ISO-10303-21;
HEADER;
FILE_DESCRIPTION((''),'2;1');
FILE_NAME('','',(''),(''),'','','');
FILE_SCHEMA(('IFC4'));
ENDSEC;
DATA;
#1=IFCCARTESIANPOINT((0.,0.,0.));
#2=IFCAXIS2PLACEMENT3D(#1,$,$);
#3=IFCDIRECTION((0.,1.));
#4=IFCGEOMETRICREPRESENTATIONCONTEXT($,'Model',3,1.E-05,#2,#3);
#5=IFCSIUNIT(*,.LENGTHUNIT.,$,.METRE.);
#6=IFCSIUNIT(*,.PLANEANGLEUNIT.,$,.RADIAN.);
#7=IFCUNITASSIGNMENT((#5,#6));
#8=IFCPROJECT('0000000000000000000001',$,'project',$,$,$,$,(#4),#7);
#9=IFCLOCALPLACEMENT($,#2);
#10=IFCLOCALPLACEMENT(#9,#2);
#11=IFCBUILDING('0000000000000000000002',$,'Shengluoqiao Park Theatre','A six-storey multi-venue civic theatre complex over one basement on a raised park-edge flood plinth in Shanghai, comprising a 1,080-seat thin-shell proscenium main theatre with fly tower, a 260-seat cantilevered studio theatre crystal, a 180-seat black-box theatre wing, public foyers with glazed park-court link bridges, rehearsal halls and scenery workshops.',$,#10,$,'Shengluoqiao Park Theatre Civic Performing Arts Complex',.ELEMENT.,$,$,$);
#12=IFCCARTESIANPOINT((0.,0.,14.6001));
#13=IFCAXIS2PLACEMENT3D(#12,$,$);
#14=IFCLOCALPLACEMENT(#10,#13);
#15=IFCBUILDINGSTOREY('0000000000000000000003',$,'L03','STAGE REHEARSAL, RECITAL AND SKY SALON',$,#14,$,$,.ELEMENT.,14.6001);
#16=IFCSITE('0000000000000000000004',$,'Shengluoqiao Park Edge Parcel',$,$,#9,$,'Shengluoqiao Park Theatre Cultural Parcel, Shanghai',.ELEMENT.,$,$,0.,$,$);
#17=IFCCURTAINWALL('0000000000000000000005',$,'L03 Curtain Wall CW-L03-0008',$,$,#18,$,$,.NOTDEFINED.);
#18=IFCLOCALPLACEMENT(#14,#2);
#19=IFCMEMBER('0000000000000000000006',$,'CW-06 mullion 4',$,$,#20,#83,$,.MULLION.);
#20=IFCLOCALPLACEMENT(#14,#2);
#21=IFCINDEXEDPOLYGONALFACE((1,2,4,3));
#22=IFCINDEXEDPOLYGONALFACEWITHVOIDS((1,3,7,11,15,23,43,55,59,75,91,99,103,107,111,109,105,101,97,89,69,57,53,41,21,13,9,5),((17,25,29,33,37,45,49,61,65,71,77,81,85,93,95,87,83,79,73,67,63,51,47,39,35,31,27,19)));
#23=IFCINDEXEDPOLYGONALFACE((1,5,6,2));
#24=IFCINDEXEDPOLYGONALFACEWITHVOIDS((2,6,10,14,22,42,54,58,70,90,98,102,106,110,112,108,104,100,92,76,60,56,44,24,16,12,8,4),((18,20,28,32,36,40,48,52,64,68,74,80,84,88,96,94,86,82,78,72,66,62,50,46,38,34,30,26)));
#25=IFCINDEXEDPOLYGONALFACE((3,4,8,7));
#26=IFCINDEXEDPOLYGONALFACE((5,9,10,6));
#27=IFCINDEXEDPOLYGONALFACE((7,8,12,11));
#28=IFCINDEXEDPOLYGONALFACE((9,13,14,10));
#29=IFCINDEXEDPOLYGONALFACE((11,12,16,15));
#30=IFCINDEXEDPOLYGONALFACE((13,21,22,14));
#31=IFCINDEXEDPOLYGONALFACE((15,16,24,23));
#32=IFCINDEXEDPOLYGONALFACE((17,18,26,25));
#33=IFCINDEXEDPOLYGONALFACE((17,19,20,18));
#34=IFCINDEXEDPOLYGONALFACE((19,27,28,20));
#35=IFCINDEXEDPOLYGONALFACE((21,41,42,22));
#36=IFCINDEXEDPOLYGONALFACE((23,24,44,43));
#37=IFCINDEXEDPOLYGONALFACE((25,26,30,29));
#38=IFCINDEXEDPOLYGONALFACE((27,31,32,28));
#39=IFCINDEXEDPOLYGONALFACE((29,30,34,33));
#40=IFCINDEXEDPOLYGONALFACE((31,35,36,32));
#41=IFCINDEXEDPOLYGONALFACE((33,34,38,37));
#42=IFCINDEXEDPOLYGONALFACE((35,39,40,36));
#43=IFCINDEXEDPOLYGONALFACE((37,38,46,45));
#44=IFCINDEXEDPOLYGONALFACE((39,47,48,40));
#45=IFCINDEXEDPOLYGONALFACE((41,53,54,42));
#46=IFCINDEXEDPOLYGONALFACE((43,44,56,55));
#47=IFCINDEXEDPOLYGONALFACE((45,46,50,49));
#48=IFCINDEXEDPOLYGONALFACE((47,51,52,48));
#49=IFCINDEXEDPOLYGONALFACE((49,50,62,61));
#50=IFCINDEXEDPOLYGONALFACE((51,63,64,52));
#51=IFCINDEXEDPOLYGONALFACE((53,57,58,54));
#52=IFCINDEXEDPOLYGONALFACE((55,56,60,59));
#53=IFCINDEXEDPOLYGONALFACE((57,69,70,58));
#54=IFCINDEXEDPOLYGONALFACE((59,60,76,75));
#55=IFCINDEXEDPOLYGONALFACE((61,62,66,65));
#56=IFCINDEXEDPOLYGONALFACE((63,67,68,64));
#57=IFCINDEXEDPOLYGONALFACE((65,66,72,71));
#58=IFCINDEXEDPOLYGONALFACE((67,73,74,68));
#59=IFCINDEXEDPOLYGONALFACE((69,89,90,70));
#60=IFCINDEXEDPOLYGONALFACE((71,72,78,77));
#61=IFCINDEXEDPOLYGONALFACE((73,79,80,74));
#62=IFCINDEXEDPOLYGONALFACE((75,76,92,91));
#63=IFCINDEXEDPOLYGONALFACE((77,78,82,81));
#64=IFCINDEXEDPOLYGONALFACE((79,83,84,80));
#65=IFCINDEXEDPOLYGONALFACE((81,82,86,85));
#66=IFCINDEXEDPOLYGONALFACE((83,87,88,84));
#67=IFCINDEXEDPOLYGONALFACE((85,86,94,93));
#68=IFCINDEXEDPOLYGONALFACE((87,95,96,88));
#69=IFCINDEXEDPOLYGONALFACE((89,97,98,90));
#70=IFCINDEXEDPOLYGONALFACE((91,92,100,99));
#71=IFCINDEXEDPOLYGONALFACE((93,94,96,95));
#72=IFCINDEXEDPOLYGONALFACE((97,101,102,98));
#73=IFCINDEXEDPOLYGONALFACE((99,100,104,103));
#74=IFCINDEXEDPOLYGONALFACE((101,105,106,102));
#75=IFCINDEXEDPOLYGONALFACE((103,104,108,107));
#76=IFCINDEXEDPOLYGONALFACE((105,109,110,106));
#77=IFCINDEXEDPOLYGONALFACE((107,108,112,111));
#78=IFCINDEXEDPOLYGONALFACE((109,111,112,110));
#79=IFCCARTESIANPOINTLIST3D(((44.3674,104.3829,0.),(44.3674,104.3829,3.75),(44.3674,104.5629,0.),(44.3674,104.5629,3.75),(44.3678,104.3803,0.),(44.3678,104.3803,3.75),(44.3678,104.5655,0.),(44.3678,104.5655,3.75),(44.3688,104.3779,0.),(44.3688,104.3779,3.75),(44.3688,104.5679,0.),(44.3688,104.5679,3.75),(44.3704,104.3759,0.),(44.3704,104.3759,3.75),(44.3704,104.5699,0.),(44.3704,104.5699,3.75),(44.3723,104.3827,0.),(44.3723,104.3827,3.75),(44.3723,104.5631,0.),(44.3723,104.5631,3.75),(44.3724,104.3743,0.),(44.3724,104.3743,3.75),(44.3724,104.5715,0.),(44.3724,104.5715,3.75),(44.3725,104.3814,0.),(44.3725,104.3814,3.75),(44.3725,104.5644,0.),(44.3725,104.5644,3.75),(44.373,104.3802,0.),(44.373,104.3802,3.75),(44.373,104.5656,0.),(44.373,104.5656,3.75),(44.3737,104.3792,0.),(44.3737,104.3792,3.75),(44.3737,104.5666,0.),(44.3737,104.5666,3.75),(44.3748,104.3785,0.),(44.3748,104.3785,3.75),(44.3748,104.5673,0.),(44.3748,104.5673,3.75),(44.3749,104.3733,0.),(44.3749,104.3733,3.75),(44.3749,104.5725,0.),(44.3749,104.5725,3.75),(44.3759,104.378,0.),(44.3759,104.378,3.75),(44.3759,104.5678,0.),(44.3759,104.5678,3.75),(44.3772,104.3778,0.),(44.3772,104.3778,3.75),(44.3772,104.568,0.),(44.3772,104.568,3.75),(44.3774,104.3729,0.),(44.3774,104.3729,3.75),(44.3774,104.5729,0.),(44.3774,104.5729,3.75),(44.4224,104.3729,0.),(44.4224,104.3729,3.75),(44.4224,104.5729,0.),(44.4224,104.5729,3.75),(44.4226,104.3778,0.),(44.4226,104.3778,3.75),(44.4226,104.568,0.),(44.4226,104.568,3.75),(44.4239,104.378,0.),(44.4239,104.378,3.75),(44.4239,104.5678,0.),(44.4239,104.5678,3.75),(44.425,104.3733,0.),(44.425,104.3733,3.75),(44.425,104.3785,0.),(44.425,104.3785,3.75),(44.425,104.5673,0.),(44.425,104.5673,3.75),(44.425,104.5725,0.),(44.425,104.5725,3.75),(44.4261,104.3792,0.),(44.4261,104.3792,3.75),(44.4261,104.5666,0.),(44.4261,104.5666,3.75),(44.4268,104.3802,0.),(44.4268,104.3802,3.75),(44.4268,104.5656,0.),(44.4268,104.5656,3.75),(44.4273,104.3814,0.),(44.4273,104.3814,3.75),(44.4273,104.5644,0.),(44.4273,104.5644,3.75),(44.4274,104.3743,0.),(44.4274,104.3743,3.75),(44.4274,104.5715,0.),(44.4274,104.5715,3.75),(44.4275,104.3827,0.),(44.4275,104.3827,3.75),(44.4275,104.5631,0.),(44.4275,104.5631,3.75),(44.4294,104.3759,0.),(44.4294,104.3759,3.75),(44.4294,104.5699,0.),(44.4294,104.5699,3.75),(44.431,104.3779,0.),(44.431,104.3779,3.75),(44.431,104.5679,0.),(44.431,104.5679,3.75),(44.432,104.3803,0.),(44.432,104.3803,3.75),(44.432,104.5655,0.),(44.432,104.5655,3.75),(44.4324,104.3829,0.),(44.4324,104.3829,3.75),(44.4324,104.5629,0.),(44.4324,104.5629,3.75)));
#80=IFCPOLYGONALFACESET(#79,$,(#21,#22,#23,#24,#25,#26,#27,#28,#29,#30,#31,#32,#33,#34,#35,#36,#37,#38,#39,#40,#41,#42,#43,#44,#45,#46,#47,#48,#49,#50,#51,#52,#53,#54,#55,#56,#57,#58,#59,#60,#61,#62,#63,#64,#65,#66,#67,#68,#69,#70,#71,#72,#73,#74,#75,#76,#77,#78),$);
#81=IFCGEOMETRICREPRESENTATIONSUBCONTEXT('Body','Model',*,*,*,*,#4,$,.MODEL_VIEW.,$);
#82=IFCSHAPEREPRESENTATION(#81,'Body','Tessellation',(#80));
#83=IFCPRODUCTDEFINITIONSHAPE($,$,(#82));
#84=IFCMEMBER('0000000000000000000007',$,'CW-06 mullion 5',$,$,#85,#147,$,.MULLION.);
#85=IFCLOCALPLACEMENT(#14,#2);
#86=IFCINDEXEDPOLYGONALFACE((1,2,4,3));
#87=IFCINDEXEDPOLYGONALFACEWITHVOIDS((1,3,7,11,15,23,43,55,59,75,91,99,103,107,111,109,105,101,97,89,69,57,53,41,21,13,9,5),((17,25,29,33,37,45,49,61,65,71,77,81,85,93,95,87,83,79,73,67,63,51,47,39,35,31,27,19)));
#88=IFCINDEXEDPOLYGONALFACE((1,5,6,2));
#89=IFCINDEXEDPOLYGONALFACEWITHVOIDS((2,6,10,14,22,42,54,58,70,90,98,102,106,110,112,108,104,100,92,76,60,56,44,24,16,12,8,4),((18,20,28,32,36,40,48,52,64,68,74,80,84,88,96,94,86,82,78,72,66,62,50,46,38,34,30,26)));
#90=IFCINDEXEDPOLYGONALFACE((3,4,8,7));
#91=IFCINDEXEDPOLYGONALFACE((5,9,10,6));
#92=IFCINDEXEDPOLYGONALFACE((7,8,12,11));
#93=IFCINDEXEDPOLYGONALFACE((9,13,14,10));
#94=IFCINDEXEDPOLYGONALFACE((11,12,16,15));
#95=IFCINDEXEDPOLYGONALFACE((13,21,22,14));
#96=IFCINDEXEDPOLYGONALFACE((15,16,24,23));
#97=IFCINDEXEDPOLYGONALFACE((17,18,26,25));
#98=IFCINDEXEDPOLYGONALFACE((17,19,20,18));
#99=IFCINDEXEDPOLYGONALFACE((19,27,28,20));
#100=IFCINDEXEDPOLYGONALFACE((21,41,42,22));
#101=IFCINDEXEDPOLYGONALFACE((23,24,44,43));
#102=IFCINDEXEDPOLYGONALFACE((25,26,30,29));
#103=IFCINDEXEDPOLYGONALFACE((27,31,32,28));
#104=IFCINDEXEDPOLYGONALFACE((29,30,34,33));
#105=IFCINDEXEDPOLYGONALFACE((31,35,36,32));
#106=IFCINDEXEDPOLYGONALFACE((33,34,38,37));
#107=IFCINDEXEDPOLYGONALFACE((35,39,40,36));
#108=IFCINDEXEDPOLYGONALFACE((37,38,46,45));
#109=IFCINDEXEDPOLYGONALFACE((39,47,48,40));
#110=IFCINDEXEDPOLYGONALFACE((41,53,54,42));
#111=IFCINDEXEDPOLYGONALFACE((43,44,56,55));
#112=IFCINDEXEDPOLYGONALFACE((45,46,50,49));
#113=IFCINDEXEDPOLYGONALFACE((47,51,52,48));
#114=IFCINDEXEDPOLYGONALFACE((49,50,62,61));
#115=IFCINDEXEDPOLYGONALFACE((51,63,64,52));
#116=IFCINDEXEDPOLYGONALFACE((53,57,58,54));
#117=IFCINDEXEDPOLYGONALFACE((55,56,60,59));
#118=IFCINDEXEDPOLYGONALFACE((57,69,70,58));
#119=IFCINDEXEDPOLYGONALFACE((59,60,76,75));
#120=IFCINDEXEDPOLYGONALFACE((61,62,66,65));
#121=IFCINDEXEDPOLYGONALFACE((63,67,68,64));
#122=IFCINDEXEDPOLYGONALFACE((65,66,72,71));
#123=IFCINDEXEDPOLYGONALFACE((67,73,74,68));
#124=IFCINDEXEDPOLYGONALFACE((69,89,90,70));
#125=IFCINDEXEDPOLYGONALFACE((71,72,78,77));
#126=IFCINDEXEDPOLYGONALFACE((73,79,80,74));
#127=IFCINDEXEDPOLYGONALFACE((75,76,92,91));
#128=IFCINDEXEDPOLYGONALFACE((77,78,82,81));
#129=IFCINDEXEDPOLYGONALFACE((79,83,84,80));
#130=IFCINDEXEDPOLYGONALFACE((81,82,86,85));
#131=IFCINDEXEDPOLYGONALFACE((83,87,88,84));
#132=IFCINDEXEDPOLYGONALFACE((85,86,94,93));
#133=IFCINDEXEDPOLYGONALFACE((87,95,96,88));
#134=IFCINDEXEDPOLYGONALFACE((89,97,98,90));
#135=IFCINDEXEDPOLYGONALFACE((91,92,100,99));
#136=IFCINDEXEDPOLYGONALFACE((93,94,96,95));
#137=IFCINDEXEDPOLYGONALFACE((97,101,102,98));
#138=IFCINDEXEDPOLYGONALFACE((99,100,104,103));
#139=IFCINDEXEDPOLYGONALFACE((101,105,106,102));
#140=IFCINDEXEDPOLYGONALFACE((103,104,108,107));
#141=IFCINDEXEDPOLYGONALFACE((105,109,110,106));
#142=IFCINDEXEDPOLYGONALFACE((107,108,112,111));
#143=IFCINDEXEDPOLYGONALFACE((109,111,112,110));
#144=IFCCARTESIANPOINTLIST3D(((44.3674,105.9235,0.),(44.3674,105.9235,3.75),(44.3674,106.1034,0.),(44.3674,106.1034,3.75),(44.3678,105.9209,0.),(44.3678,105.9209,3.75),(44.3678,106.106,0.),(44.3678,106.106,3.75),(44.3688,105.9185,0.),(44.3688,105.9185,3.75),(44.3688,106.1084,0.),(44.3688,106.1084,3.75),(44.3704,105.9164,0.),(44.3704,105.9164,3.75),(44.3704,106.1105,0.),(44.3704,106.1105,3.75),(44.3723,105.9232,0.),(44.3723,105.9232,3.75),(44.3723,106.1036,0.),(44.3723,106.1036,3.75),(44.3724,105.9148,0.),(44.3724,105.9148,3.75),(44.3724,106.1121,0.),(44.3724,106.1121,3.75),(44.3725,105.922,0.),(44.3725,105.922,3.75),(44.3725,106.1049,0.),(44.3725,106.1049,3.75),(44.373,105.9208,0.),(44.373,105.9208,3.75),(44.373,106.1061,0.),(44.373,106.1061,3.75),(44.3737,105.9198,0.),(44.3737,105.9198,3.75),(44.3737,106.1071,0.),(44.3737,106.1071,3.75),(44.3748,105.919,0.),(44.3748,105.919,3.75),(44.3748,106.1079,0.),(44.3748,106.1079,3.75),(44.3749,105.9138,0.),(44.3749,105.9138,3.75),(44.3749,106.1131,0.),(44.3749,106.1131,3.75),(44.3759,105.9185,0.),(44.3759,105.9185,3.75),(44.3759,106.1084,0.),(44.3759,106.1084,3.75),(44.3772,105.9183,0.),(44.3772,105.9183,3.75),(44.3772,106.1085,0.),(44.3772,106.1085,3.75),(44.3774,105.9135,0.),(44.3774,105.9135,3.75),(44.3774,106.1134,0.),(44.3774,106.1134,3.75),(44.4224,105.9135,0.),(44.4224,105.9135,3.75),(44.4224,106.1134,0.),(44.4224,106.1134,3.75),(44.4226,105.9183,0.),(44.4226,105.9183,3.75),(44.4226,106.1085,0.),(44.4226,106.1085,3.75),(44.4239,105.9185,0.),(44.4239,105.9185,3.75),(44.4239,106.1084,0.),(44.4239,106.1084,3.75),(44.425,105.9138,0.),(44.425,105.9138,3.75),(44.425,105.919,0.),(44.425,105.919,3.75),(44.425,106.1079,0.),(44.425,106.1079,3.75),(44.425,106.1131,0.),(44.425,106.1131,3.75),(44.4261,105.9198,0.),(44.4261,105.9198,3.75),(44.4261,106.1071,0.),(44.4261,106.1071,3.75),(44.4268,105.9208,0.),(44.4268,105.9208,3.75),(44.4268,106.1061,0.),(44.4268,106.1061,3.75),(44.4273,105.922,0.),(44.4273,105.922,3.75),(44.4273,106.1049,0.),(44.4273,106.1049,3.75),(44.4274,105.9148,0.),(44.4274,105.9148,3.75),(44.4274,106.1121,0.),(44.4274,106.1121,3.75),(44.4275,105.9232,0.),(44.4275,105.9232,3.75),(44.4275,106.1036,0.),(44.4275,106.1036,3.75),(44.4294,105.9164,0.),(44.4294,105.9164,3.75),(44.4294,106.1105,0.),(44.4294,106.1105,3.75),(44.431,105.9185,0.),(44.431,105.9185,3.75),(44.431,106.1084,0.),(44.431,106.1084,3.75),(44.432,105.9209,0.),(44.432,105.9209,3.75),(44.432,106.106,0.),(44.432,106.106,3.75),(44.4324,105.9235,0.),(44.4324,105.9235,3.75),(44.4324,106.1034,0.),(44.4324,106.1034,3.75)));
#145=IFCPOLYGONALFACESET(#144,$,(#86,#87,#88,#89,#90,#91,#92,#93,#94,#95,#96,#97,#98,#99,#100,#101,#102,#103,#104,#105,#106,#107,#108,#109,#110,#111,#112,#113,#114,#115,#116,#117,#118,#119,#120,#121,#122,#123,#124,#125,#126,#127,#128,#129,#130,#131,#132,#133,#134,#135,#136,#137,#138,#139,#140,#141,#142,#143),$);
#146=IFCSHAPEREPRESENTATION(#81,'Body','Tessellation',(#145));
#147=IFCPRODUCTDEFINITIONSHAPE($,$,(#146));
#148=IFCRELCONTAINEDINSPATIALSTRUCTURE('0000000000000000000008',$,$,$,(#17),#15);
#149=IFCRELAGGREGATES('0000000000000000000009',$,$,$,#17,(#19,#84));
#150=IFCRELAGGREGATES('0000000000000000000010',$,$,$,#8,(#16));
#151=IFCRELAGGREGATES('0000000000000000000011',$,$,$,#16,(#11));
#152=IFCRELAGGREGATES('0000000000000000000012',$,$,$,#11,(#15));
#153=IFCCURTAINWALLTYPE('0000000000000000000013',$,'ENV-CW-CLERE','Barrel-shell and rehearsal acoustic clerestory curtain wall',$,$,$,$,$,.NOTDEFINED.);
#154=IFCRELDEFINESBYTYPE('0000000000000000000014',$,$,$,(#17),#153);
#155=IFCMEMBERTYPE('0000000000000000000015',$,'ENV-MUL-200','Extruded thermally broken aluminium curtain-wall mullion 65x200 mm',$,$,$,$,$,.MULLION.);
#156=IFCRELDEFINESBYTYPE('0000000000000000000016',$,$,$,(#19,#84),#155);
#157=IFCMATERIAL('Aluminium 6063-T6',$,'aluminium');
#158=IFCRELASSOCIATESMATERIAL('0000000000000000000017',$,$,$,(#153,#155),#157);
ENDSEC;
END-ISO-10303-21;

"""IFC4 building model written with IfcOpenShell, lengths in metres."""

from ifc_helpers import new_model, si_unit, direction, frame, origin, origin_2d, place, context, subcontext, project, spatial, hollow_rectangle, extrude, material, material_profile, profile_set, type_object, element, aggregate, save


model = new_model("IFC4")

# Units and contexts
model_context = context("Model", 3, precision=1e-05, world=origin(), true_north=direction((0.0, 1.0)))
body_context = subcontext(model_context, "Body", "Model", "MODEL_VIEW")
ifc_project = project(units=[si_unit("LENGTHUNIT", "METRE"), si_unit("PLANEANGLEUNIT", "RADIAN")], contexts=[model_context])

# Site, building, storey
site_placement = place(None, origin())
site = spatial("IfcSite", under=ifc_project, at=site_placement, Name="Shengluoqiao Park Edge Parcel", LongName="Shengluoqiao Park Theatre Cultural Parcel, Shanghai", CompositionType="ELEMENT", RefElevation=0.0)
building_placement = place(site_placement, origin())
building = spatial("IfcBuilding", under=site, at=building_placement, Name="Shengluoqiao Park Theatre", Description="A six-storey multi-venue civic theatre complex over one basement on a raised park-edge flood plinth in Shanghai, comprising a 1,080-seat thin-shell proscenium main theatre with fly tower, a 260-seat cantilevered studio theatre crystal, a 180-seat black-box theatre wing, public foyers with glazed park-court link bridges, rehearsal halls and scenery workshops.", LongName="Shengluoqiao Park Theatre Civic Performing Arts Complex", CompositionType="ELEMENT")
storey_placement = place(building_placement, frame((0.0, 0.0, 14.6001)))
storey = spatial("IfcBuildingStorey", under=building, at=storey_placement, Name="L03", Description="STAGE REHEARSAL, RECITAL AND SKY SALON", CompositionType="ELEMENT", Elevation=14.6001)

# Curtain wall, members
ifc_material_1 = material(Name="Aluminium 6063-T6", Category="aluminium")
curtain_wall_type = type_object("IfcCurtainWallType", Name="ENV-CW-CLERE", Description="Barrel-shell and rehearsal acoustic clerestory curtain wall", PredefinedType="NOTDEFINED", material=ifc_material_1)
curtain_wall_placement = place(storey_placement, origin())
curtain_wall = element("IfcCurtainWall", 1, at=curtain_wall_placement, inside=storey, type_object=curtain_wall_type, Name="L03 Curtain Wall CW-L03-0008", PredefinedType="NOTDEFINED")
ifc_material_profile_1 = material_profile(ifc_material_1, hollow_rectangle(XDim=0.0649, YDim=0.2, WallThickness=0.0049, InnerFilletRadius=0.0049, OuterFilletRadius=0.01, at=origin_2d()), Name="ALU MULLION 200x65x5")
ifc_profile_set_1 = profile_set([ifc_material_profile_1], Name="Aluminium 6063-T6")
member_type_1 = type_object("IfcMemberType", Name="ENV-MUL-200", Description="Extruded thermally broken aluminium curtain-wall mullion 65x200 mm", PredefinedType="MULLION", material=ifc_profile_set_1)
member_1_placement = place(storey_placement, frame((44.3999, 104.4729, 0.0), z_axis=(0.0, 0.0, 1.0), x_axis=(-1.0, 0.0, 0.0)))
member_1 = element("IfcMember", 2, at=member_1_placement, type_object=member_type_1, Name="CW-06 mullion 4", PredefinedType="MULLION", context=body_context, shape_type="SweptSolid", body=[
    extrude(hollow_rectangle(XDim=0.0649, YDim=0.2, WallThickness=0.0049, InnerFilletRadius=0.0049, OuterFilletRadius=0.01, at=origin_2d()), origin(), (0.0, 0.0, 1.0), 3.75),
])
member_2_placement = place(storey_placement, frame((44.3999, 106.0134, 0.0), z_axis=(0.0, 0.0, 1.0), x_axis=(-1.0, 0.0, 0.0)))
member_2 = element("IfcMember", 3, at=member_2_placement, type_object=member_type_1, Name="CW-06 mullion 5", PredefinedType="MULLION", context=body_context, shape_type="SweptSolid", body=[
    extrude(hollow_rectangle(XDim=0.0649, YDim=0.2, WallThickness=0.0049, InnerFilletRadius=0.0049, OuterFilletRadius=0.01, at=origin_2d()), origin(), (0.0, 0.0, 1.0), 3.75),
])

aggregate(curtain_wall, [member_1, member_2])

save(model, "model.ifc")
